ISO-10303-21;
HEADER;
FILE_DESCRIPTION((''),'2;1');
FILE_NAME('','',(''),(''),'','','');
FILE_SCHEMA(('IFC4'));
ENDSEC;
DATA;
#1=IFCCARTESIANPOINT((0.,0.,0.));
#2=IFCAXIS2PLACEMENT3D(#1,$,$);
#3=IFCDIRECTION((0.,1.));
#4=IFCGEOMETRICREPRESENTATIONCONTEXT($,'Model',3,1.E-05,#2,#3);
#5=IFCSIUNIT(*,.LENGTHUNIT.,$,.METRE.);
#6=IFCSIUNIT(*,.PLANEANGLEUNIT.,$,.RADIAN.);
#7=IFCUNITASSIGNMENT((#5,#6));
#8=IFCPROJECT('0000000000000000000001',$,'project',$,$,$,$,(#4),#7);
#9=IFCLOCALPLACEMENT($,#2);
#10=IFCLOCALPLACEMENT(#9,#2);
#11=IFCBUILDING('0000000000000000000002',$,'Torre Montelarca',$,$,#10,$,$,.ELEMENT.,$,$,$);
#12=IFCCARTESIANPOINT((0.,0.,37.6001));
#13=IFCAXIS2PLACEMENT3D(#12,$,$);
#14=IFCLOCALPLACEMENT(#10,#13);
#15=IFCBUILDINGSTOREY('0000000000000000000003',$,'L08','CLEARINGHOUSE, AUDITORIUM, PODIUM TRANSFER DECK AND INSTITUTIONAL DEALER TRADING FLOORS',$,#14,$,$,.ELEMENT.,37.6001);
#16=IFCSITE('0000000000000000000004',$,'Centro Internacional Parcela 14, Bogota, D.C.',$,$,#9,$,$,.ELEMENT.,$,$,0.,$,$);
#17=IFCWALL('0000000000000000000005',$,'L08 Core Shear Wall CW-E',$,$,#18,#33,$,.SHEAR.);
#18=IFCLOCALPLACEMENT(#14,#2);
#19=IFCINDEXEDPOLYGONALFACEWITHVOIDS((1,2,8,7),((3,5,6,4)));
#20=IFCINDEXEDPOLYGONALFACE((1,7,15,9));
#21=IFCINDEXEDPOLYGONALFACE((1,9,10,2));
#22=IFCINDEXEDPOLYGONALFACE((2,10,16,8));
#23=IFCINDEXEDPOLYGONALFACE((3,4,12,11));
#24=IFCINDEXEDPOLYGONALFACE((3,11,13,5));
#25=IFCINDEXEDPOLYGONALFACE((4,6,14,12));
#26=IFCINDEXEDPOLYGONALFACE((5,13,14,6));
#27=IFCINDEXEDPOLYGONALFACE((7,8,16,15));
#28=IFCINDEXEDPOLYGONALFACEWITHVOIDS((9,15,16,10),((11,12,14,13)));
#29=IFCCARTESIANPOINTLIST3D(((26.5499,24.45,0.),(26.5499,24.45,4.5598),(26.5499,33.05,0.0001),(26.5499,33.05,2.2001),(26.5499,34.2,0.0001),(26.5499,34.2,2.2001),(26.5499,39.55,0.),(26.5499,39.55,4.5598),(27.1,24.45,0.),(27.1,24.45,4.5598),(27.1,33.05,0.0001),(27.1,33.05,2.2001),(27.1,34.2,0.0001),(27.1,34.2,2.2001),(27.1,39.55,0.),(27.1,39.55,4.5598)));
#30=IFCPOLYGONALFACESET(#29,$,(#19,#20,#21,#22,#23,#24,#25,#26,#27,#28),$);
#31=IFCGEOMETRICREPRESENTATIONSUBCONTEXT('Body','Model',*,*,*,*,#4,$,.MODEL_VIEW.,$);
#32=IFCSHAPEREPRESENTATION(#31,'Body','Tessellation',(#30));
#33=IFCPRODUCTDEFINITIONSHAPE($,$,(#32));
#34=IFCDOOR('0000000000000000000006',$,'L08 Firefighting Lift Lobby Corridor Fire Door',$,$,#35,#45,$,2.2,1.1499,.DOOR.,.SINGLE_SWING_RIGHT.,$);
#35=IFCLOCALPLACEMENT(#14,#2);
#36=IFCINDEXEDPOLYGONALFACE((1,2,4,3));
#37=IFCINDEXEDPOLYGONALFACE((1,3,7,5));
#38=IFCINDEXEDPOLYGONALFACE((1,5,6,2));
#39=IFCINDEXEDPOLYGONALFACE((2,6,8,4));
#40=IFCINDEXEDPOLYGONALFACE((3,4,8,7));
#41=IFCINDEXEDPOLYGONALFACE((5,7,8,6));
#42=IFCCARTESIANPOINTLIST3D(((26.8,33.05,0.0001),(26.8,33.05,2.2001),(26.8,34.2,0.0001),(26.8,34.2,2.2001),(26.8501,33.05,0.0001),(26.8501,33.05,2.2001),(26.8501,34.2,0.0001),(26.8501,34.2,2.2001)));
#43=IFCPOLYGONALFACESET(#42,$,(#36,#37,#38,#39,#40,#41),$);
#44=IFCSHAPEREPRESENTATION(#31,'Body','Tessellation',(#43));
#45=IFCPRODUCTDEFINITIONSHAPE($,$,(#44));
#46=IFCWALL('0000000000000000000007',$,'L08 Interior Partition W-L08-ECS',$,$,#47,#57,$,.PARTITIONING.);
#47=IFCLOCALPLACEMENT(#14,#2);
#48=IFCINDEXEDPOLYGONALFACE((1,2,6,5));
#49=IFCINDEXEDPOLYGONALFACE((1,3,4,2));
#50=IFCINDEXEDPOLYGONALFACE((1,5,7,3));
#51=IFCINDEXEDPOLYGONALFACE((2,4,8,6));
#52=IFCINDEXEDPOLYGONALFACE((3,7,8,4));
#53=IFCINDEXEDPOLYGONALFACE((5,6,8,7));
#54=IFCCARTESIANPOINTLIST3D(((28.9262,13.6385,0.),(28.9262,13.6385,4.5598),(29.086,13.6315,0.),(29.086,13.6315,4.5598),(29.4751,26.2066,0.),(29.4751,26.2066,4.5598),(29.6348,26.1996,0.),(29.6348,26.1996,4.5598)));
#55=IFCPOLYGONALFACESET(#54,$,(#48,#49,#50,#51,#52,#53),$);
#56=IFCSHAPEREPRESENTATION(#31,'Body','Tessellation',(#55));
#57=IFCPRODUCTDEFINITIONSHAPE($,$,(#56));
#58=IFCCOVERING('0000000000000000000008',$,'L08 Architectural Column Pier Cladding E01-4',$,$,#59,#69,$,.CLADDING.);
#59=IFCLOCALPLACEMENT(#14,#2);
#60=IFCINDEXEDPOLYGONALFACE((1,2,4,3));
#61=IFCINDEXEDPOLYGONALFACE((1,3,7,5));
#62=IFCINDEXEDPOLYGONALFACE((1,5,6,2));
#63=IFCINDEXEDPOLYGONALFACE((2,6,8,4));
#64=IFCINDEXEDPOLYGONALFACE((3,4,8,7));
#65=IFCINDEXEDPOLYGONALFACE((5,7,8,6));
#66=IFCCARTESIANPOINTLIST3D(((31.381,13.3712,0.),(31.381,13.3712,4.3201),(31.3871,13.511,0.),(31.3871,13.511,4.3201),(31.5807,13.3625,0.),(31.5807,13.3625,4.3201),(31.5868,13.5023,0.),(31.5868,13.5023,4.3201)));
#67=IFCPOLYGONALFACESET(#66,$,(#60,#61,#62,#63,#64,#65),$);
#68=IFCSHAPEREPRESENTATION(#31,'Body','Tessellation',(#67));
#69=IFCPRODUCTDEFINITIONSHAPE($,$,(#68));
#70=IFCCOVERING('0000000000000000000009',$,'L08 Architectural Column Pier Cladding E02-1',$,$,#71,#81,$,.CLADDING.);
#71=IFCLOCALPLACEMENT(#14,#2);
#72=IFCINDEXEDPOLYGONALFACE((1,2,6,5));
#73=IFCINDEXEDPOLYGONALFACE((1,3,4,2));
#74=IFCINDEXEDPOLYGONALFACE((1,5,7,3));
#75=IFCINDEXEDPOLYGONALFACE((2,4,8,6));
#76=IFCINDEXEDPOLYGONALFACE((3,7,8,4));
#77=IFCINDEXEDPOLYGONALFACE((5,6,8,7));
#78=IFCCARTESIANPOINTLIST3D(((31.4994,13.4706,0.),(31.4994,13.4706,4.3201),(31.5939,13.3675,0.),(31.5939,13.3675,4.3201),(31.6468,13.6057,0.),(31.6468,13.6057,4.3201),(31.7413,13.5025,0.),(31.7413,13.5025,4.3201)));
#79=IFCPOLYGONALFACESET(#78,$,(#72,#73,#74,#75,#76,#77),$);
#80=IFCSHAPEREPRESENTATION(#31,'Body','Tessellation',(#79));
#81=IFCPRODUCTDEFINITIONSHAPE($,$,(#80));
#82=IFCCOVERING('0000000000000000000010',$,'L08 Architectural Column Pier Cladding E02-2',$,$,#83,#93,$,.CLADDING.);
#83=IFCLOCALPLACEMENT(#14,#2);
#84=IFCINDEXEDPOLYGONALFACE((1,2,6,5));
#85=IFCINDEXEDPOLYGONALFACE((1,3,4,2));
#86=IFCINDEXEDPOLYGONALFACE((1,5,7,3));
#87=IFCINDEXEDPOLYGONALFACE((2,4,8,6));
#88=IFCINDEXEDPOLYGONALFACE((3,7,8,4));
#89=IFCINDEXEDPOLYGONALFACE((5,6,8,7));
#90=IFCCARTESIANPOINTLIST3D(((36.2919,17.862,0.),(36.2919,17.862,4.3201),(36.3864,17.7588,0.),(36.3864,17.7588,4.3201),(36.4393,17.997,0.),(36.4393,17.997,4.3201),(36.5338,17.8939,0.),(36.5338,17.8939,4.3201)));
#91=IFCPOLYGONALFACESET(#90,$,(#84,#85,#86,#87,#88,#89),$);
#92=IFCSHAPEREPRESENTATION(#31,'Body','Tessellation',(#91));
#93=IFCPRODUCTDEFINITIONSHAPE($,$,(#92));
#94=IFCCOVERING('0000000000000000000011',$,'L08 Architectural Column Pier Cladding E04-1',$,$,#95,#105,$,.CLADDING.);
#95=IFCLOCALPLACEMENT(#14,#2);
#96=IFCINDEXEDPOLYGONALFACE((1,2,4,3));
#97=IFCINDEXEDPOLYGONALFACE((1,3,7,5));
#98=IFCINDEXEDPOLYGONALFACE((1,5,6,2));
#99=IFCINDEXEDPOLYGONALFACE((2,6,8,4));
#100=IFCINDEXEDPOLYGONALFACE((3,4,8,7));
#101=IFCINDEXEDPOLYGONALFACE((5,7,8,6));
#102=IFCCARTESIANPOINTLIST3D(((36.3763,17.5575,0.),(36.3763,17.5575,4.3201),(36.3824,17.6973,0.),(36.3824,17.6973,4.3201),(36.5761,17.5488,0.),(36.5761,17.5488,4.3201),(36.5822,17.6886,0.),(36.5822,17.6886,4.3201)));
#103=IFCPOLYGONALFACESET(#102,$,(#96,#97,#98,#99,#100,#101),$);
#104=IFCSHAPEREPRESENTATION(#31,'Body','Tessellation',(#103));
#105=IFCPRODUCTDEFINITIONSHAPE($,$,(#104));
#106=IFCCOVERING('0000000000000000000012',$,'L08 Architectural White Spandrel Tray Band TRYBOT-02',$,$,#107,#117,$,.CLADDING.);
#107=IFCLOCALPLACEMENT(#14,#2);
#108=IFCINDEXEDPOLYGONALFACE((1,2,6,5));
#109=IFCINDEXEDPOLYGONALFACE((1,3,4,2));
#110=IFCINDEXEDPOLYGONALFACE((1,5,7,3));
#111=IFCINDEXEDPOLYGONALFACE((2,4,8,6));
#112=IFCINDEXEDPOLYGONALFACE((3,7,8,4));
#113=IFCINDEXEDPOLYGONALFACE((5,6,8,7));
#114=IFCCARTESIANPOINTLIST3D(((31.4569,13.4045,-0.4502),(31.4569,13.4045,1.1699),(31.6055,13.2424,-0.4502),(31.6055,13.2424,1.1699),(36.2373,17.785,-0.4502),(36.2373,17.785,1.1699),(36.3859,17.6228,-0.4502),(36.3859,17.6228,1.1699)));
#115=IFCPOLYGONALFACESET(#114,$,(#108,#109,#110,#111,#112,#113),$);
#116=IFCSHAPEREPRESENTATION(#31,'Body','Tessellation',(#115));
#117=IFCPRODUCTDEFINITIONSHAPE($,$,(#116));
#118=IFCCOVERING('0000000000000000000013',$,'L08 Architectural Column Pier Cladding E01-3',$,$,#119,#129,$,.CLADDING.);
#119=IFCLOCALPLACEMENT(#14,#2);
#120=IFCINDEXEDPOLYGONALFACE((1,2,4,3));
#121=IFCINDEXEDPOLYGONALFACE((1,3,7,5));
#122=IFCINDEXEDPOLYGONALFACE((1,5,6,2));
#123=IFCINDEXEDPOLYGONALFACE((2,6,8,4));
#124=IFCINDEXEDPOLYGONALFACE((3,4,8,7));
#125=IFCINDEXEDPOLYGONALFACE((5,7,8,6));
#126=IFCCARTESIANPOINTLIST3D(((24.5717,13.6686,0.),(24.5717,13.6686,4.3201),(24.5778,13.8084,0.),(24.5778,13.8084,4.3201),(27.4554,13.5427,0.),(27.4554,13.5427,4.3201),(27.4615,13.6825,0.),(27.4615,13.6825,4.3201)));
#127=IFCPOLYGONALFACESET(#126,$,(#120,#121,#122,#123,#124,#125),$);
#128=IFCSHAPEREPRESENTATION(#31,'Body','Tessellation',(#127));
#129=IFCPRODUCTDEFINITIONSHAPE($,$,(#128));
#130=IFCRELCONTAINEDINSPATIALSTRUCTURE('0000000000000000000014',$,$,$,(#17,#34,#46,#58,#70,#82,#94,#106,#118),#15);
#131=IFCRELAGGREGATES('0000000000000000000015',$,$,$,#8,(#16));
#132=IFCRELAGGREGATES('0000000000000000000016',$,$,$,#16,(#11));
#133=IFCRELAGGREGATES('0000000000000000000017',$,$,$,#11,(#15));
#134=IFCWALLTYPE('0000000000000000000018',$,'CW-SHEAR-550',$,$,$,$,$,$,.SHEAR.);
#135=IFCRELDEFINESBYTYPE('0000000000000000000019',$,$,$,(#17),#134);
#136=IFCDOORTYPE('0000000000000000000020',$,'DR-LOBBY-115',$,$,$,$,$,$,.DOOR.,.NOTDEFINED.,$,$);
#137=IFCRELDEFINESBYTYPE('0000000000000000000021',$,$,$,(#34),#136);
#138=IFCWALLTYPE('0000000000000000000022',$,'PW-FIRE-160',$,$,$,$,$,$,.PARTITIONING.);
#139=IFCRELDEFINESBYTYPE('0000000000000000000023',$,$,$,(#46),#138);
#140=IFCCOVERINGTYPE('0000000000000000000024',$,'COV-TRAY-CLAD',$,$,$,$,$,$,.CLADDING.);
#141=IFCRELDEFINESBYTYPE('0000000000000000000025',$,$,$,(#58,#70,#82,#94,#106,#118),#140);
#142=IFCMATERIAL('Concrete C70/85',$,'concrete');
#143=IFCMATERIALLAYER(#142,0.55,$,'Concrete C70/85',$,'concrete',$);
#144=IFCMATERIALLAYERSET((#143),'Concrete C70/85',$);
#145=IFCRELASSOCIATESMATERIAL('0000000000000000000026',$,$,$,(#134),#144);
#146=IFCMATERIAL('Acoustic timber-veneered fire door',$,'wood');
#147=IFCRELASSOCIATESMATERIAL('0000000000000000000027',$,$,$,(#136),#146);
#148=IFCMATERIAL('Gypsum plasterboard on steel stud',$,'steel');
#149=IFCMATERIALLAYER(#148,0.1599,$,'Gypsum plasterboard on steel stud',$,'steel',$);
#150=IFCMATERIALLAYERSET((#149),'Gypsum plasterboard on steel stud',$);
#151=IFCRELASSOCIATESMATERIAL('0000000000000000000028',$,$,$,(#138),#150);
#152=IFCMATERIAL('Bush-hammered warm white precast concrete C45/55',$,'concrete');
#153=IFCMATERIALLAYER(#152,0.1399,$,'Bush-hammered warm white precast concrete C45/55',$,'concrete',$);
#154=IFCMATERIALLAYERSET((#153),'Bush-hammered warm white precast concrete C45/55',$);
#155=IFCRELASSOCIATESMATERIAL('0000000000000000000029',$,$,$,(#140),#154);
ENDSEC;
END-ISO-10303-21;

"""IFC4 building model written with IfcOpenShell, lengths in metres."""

from ifc_helpers import new_model, si_unit, direction, frame, frame_2d, origin, origin_2d, place, context, subcontext, project, spatial, rectangle, extrude, source, transform, mapped, material, layer, layer_set, type_object, element, fill, save


model = new_model("IFC4")

# Units and contexts
model_context = context("Model", 3, precision=1e-05, world=origin(), true_north=direction((0.0, 1.0)))
body_context = subcontext(model_context, "Body", "Model", "MODEL_VIEW")
ifc_project = project(units=[si_unit("LENGTHUNIT", "METRE"), si_unit("PLANEANGLEUNIT", "RADIAN")], contexts=[model_context])

# Site, building, storey
site_placement = place(None, origin())
site = spatial("IfcSite", under=ifc_project, at=site_placement, Name="Centro Internacional Parcela 14, Bogota, D.C.", CompositionType="ELEMENT", RefElevation=0.0)
building_placement = place(site_placement, origin())
building = spatial("IfcBuilding", under=site, at=building_placement, Name="Torre Montelarca", CompositionType="ELEMENT")
storey_placement = place(building_placement, frame((0.0, 0.0, 37.6001)))
storey = spatial("IfcBuildingStorey", under=building, at=storey_placement, Name="L08", Description="CLEARINGHOUSE, AUDITORIUM, PODIUM TRANSFER DECK AND INSTITUTIONAL DEALER TRADING FLOORS", CompositionType="ELEMENT", Elevation=37.6001)

# Shared definitions
ifc_material_1 = material(Name="Concrete C70/85", Category="concrete")

# Wall, opening, door
ifc_layer_1 = layer(ifc_material_1, 0.55, Name="Concrete C70/85", Category="concrete")
ifc_layer_set_1 = layer_set([ifc_layer_1], Name="Concrete C70/85")
wall_type_1 = type_object("IfcWallType", Name="CW-SHEAR-550", PredefinedType="SHEAR", material=ifc_layer_set_1)
wall_1_placement = place(storey_placement, frame((26.825, 24.45, 0.0), z_axis=(0.0, 0.0, 1.0), x_axis=(0.0, 1.0, 0.0)))
wall_1 = element("IfcWall", 1, at=wall_1_placement, inside=storey, type_object=wall_type_1, Name="L08 Core Shear Wall CW-E", PredefinedType="SHEAR", context=body_context, shape_type="SweptSolid", body=[
    extrude(rectangle(XDim=15.1001, YDim=0.55, at=frame_2d((7.55, 0.0))), origin(), (0.0, 0.0, 1.0), 4.5598),
])
opening_placement = place(wall_1_placement, frame((8.6001, 0.0, 0.0)))
opening = element("IfcOpeningElement", 2, at=opening_placement, cuts=wall_1, PredefinedType="OPENING", context=body_context, shape_type="SweptSolid", body=[
    extrude(rectangle(XDim=1.1499, YDim=2.2, at=frame_2d((0.575, 1.1001))), frame((0.0, 0.2852, 0.0), z_axis=(0.0, -1.0, 0.0), x_axis=(1.0, 0.0, 0.0)), (0.0, 0.0, 1.0), 0.5701),
])
ifc_material_2 = material(Name="Acoustic timber-veneered fire door", Category="wood")
door_type = type_object("IfcDoorType", Name="DR-LOBBY-115", OperationType="NOTDEFINED", PredefinedType="DOOR", material=ifc_material_2)
shared_shape_1 = source(origin(), body_context, "Body", "SweptSolid", [
    extrude(rectangle(XDim=1.1499, YDim=2.2, at=frame_2d((0.575, 1.1001))), frame((0.0, 0.0249, 0.0), z_axis=(0.0, -1.0, 0.0), x_axis=(1.0, 0.0, 0.0)), (0.0, 0.0, 1.0), 0.05),
])
door_placement = place(opening_placement, origin())
door = element("IfcDoor", 3, at=door_placement, inside=storey, type_object=door_type, Name="L08 Firefighting Lift Lobby Corridor Fire Door", OperationType="SINGLE_SWING_RIGHT", OverallHeight=2.2, OverallWidth=1.1499, PredefinedType="DOOR", context=body_context, shape_type="MappedRepresentation", body=[
    mapped(shared_shape_1, transform((0.0, 0.0, 0.0), scale=1.0)),
])
fill(opening, door)

# Wall
ifc_material_3 = material(Name="Gypsum plasterboard on steel stud", Category="steel")
ifc_layer_2 = layer(ifc_material_3, 0.1599, Name="Gypsum plasterboard on steel stud", Category="steel")
ifc_layer_set_2 = layer_set([ifc_layer_2], Name="Gypsum plasterboard on steel stud")
wall_type_2 = type_object("IfcWallType", Name="PW-FIRE-160", PredefinedType="PARTITIONING", material=ifc_layer_set_2)
wall_2_placement = place(storey_placement, frame((29.0061, 13.635, 0.0), z_axis=(0.0, 0.0, 1.0), x_axis=(0.043627, 0.999048, 0.0)))
element("IfcWall", 4, at=wall_2_placement, inside=storey, type_object=wall_type_2, Name="L08 Interior Partition W-L08-ECS", PredefinedType="PARTITIONING", context=body_context, shape_type="SweptSolid", body=[
    extrude(rectangle(XDim=12.5801, YDim=0.1599, at=frame_2d((6.29, 0.0))), origin(), (0.0, 0.0, 1.0), 4.5598),
])

# Coverings
ifc_material_4 = material(Name="Bush-hammered warm white precast concrete C45/55", Category="concrete")
ifc_layer_3 = layer(ifc_material_4, 0.1399, Name="Bush-hammered warm white precast concrete C45/55", Category="concrete")
ifc_layer_set_3 = layer_set([ifc_layer_3], Name="Bush-hammered warm white precast concrete C45/55")
covering_type = type_object("IfcCoveringType", Name="COV-TRAY-CLAD", PredefinedType="CLADDING", material=ifc_layer_set_3)
shared_shape_2 = source(origin(), body_context, "Body", "SweptSolid", [
    extrude(rectangle(XDim=0.2, YDim=0.1399, at=origin_2d()), origin(), (0.0, 0.0, 1.0), 4.3201),
])
for number, where, z_axis, x_axis, name in (
    (5, (31.4839, 13.4368, 0.0), (0.0, 0.0, 1.0), (0.999048, -0.043619, 0.0), "L08 Architectural Column Pier Cladding E01-4"),
    (6, (31.6204, 13.4866, 0.0), (0.0, 0.0, 1.0), (0.737281, 0.675586, 0.0), "L08 Architectural Column Pier Cladding E02-1"),
    (7, (36.4128, 17.8779, 0.0), (0.0, 0.0, 1.0), (0.737281, 0.675586, 0.0), "L08 Architectural Column Pier Cladding E02-2"),
    (8, (36.4792, 17.623, 0.0), (0.0, 0.0, 1.0), (0.999048, -0.043621, 0.0), "L08 Architectural Column Pier Cladding E04-1"),
):
    element("IfcCovering", number, at=place(storey_placement, frame(where, z_axis=z_axis, x_axis=x_axis)), inside=storey, type_object=covering_type, Name=name, PredefinedType="CLADDING", context=body_context, shape_type="MappedRepresentation", body=[
        mapped(shared_shape_2, transform((0.0, 0.0, 0.0), scale=1.0)),
    ])
shared_shape_3 = source(origin(), body_context, "Body", "SweptSolid", [
    extrude(rectangle(XDim=6.4839, YDim=0.22, at=origin_2d()), origin(), (0.0, 0.0, 1.0), 1.6201),
])
covering_1_placement = place(storey_placement, frame((33.9214, 15.5137, -0.4502), z_axis=(0.0, 0.0, 1.0), x_axis=(0.73728, 0.675588, 0.0)))
element("IfcCovering", 9, at=covering_1_placement, inside=storey, type_object=covering_type, Name="L08 Architectural White Spandrel Tray Band TRYBOT-02", PredefinedType="CLADDING", context=body_context, shape_type="MappedRepresentation", body=[
    mapped(shared_shape_3, transform((0.0, 0.0, 0.0), scale=1.0)),
])
shared_shape_4 = source(origin(), body_context, "Body", "SweptSolid", [
    extrude(rectangle(XDim=2.8865, YDim=0.1399, at=origin_2d()), origin(), (0.0, 0.0, 1.0), 4.3201),
])
covering_2_placement = place(storey_placement, frame((26.0166, 13.6755, 0.0), z_axis=(0.0, 0.0, 1.0), x_axis=(0.999048, -0.043619, 0.0)))
element("IfcCovering", 10, at=covering_2_placement, inside=storey, type_object=covering_type, Name="L08 Architectural Column Pier Cladding E01-3", PredefinedType="CLADDING", context=body_context, shape_type="MappedRepresentation", body=[
    mapped(shared_shape_4, transform((0.0, 0.0, 0.0), scale=1.0)),
])

save(model, "model.ifc")
